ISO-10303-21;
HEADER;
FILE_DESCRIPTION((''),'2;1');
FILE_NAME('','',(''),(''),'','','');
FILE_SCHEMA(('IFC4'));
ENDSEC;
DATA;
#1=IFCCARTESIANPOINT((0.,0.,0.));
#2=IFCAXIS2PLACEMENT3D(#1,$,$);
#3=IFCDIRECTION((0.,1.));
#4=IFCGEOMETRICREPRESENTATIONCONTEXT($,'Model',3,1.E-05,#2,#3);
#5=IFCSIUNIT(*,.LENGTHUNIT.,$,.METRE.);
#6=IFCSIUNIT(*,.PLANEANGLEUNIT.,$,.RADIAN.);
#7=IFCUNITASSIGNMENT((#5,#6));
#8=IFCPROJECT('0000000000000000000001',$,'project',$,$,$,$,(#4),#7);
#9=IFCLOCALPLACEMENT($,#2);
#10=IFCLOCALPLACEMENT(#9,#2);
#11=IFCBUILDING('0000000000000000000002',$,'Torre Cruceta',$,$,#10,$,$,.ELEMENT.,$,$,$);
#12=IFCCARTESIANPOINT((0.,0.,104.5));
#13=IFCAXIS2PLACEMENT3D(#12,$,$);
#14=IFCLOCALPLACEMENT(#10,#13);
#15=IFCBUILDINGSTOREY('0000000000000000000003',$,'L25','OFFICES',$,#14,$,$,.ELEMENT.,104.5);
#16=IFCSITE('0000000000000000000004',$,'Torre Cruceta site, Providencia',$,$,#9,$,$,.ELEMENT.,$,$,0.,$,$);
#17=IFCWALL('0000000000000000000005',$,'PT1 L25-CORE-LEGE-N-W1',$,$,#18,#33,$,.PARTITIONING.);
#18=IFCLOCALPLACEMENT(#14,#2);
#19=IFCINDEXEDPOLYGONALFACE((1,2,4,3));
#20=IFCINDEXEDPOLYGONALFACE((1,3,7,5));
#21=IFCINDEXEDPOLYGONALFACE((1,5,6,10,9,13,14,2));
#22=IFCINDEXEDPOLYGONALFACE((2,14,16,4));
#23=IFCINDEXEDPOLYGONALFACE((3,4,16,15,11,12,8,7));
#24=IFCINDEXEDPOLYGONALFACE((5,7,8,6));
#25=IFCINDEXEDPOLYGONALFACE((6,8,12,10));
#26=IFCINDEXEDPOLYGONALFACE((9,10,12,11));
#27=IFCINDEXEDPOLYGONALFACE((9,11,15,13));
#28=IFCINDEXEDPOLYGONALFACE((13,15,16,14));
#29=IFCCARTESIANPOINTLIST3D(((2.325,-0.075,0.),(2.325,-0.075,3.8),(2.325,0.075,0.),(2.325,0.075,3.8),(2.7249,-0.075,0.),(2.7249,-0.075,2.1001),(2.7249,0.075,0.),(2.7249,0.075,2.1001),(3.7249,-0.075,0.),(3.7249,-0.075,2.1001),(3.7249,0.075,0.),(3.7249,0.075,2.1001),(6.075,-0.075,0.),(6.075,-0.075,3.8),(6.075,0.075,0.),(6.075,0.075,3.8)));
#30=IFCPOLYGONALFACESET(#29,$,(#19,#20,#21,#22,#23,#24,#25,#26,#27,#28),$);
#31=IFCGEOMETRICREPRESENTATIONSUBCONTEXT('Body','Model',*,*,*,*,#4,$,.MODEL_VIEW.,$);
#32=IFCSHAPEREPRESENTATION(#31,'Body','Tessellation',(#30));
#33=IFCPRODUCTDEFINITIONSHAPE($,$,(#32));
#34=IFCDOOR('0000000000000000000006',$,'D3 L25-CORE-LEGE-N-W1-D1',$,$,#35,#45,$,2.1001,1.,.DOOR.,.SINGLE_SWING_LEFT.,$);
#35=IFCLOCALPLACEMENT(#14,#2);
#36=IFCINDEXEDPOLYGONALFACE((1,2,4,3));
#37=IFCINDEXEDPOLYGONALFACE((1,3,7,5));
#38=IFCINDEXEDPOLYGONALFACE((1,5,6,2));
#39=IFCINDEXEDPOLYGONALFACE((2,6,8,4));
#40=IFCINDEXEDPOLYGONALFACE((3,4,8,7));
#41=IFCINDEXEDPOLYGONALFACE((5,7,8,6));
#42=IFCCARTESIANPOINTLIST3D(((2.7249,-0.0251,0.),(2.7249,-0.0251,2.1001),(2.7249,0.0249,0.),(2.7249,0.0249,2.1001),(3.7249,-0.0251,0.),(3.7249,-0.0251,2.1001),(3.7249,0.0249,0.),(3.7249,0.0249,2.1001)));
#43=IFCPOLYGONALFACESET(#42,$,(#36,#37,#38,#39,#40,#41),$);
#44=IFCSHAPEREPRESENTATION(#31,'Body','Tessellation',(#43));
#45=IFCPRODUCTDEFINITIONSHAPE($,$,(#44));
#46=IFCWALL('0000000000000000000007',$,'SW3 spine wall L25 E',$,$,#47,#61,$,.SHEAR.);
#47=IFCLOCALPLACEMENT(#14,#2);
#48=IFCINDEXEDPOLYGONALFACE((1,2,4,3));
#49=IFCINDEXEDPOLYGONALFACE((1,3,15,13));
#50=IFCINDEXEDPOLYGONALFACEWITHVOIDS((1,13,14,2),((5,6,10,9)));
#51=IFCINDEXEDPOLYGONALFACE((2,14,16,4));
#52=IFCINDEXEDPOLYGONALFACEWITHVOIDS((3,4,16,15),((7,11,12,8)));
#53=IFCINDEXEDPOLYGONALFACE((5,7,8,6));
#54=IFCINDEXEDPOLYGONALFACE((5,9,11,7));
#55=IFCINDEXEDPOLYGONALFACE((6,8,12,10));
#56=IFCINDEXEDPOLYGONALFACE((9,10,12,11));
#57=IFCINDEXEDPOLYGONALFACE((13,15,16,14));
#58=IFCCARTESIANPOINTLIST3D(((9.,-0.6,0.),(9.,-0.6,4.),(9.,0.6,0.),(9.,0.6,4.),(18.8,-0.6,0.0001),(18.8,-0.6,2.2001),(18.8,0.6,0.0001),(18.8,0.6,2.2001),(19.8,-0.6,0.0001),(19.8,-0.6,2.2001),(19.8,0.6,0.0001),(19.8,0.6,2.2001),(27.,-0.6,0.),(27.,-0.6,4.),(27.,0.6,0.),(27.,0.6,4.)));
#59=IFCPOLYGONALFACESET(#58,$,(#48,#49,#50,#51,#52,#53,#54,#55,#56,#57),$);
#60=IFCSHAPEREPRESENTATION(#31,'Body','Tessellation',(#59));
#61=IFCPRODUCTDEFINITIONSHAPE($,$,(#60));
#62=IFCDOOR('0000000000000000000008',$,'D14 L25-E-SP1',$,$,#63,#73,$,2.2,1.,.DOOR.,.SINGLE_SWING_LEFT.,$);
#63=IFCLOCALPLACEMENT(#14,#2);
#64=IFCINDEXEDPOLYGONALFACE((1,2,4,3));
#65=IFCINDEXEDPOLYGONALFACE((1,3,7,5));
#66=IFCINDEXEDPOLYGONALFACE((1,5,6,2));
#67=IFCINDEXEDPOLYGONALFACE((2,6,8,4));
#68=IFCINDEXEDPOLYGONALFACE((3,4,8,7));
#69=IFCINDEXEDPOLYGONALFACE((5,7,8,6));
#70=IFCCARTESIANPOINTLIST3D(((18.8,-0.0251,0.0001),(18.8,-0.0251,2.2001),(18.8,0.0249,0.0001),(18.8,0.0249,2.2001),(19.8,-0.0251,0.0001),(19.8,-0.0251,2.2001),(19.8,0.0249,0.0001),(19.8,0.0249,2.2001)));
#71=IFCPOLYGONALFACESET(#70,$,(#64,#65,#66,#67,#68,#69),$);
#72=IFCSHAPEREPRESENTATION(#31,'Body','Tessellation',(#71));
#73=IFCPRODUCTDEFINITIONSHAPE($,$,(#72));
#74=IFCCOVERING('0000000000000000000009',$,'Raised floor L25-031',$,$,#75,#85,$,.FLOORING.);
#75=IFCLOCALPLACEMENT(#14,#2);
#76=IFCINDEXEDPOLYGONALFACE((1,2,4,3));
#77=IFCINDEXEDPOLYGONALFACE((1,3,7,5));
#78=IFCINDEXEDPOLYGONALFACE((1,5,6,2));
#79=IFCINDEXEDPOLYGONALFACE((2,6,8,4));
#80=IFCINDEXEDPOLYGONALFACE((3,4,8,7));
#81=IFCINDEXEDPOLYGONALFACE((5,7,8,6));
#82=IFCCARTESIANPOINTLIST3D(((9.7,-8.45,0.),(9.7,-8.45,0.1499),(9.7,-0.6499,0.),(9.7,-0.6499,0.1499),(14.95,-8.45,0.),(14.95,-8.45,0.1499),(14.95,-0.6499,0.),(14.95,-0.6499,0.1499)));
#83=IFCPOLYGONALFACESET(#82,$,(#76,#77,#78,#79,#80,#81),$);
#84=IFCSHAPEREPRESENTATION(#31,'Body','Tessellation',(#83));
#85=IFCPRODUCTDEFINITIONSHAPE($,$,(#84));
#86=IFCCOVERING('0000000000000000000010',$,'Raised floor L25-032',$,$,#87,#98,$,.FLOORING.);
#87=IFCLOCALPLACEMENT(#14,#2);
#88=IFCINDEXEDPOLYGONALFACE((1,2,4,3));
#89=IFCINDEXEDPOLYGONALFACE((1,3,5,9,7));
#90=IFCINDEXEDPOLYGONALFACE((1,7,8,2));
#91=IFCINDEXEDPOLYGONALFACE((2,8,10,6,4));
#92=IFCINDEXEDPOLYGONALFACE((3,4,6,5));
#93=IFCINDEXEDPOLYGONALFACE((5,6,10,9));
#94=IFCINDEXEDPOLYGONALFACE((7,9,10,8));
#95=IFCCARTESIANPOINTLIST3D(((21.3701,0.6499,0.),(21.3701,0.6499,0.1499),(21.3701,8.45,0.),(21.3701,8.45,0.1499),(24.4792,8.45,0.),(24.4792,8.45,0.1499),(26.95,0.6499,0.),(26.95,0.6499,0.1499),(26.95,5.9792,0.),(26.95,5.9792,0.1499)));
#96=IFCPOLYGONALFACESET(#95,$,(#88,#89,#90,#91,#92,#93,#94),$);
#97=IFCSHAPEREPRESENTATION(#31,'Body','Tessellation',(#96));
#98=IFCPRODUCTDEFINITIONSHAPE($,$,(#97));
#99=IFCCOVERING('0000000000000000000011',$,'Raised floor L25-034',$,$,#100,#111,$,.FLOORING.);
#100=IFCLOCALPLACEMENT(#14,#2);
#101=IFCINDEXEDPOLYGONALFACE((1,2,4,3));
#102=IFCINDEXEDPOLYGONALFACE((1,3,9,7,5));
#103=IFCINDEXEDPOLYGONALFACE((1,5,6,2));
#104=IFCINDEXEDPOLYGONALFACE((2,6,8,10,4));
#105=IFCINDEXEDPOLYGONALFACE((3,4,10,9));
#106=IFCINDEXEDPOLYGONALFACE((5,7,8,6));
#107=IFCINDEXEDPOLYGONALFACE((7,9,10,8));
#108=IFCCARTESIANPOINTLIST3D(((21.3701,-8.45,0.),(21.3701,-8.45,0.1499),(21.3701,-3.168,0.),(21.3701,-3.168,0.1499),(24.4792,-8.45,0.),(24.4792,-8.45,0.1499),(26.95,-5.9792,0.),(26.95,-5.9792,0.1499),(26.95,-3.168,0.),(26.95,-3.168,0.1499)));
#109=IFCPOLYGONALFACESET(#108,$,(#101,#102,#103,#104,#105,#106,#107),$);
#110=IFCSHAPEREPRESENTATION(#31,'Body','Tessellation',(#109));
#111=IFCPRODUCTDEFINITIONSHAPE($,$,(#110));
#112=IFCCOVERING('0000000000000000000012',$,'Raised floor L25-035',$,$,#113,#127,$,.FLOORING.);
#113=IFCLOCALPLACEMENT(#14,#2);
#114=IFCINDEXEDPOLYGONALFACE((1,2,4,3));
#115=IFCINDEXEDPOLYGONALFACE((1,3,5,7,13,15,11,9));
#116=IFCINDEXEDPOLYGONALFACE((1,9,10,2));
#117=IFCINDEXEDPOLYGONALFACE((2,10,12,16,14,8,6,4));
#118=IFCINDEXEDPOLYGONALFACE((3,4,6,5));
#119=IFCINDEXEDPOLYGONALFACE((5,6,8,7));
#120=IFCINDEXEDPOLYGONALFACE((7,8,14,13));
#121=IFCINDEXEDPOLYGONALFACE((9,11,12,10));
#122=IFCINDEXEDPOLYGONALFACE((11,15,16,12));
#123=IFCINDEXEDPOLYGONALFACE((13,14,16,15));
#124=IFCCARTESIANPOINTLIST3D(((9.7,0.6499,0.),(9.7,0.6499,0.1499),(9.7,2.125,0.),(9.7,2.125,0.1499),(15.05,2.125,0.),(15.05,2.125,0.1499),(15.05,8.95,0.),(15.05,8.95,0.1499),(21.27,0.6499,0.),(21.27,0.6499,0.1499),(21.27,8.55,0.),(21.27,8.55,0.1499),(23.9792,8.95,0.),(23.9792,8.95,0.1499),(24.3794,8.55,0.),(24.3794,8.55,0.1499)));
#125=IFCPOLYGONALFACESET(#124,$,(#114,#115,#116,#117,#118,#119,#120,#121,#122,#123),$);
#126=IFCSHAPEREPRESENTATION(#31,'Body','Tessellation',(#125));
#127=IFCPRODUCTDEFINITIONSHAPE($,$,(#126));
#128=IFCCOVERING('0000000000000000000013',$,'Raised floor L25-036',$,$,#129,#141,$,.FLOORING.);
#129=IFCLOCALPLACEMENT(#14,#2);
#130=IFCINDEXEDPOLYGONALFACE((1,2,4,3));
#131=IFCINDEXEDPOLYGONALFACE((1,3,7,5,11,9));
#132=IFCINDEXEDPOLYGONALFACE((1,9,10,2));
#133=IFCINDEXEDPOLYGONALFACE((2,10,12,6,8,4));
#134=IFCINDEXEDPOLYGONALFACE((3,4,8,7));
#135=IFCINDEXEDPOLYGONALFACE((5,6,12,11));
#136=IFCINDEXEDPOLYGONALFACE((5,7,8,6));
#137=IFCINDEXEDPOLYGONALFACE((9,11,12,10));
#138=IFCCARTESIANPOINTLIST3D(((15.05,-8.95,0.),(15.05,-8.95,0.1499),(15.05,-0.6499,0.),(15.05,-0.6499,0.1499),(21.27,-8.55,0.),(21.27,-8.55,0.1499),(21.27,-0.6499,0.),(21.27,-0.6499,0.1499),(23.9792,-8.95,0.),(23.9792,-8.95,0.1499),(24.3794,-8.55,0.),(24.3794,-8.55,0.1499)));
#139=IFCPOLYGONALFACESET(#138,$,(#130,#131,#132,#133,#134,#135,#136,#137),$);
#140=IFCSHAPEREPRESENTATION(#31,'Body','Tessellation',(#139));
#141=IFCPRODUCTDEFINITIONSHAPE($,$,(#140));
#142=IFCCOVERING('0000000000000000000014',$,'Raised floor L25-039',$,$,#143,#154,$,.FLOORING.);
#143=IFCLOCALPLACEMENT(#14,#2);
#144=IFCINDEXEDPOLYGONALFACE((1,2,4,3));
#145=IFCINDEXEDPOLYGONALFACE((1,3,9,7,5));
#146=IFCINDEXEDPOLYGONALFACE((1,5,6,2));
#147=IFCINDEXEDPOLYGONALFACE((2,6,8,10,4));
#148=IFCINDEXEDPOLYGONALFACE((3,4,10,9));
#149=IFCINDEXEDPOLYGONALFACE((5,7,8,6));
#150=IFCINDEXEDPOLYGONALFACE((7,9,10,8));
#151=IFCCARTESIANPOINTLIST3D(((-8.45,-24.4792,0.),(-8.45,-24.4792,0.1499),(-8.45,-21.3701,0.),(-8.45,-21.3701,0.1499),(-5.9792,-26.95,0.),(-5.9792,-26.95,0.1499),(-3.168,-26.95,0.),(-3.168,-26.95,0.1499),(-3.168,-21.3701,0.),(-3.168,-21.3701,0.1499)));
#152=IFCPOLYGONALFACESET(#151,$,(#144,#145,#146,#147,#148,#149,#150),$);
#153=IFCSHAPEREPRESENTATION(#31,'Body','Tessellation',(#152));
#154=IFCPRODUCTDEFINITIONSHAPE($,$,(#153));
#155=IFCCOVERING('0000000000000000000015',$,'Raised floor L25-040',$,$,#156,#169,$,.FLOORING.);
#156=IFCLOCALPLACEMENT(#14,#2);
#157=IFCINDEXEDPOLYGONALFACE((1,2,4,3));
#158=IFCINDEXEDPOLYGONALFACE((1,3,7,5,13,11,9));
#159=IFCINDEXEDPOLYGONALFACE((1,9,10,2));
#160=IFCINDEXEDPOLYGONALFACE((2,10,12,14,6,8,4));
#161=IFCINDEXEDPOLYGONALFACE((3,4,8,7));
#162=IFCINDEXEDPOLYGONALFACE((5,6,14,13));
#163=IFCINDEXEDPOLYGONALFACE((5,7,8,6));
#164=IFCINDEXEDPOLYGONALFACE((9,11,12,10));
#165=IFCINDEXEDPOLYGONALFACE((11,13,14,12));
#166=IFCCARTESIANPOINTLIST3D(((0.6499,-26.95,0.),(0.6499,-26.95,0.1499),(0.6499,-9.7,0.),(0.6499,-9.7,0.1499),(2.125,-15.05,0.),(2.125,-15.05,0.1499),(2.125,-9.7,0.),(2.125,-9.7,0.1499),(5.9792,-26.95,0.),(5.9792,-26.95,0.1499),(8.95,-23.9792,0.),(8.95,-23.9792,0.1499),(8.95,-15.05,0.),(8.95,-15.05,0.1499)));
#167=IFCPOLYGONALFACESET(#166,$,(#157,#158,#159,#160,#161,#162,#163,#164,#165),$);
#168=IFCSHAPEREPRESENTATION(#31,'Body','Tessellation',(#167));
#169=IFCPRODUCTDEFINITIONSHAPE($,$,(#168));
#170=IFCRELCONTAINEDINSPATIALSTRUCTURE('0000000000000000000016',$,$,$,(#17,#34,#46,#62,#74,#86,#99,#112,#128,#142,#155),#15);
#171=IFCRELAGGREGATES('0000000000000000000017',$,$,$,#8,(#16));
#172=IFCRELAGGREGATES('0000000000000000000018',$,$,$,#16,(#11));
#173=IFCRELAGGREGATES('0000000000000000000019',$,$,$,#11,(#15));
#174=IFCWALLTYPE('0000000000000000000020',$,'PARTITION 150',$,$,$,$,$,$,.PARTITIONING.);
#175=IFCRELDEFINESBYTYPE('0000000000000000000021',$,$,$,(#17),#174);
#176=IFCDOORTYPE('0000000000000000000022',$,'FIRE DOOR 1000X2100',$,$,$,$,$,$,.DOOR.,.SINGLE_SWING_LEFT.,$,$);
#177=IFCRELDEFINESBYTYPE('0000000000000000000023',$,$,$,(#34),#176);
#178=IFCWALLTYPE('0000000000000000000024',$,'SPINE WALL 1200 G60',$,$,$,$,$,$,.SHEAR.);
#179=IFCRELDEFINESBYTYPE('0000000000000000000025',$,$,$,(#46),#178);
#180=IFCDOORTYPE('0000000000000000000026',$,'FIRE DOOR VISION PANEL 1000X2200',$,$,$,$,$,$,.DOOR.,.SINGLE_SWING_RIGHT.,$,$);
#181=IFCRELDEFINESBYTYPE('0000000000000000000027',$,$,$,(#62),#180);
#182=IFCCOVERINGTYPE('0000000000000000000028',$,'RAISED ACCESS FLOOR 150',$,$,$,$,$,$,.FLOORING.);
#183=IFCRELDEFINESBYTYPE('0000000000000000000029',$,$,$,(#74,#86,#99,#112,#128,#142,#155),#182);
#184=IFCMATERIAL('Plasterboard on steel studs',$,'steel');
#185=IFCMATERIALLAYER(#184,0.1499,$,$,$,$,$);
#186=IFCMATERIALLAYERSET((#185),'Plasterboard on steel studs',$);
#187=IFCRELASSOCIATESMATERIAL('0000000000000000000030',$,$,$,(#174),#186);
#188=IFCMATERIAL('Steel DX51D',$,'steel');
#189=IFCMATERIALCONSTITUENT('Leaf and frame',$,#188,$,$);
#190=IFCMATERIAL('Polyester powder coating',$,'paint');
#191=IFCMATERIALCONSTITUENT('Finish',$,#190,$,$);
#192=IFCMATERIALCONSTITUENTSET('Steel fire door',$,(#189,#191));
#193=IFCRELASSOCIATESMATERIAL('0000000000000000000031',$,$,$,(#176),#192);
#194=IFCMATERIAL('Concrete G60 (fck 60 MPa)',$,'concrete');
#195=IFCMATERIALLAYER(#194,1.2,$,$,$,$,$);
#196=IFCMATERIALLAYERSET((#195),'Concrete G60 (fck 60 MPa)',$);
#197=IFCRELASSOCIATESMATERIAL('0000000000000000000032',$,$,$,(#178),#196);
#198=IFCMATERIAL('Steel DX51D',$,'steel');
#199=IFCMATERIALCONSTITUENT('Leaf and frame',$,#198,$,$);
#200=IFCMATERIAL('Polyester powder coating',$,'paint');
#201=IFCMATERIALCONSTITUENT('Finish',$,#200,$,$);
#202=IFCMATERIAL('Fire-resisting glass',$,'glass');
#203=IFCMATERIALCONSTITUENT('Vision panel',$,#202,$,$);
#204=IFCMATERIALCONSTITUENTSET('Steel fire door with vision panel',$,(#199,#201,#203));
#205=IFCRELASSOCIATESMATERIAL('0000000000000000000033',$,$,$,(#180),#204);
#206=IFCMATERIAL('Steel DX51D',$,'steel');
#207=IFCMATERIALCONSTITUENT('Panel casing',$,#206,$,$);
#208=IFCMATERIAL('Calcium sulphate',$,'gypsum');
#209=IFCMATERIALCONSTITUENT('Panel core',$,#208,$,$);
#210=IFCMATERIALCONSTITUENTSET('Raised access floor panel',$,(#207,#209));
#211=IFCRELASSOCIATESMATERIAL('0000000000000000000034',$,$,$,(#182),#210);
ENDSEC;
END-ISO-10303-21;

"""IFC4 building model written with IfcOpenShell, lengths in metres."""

from ifc_helpers import new_model, si_unit, direction, frame, frame_2d, origin, place, context, subcontext, project, spatial, polyline, rectangle, outline, extrude, material, layer, layer_set, constituent, constituent_set, type_object, element, fill, save


model = new_model("IFC4")

# Units and contexts
model_context = context("Model", 3, precision=1e-05, world=origin(), true_north=direction((0.0, 1.0)))
body_context = subcontext(model_context, "Body", "Model", "MODEL_VIEW")
ifc_project = project(units=[si_unit("LENGTHUNIT", "METRE"), si_unit("PLANEANGLEUNIT", "RADIAN")], contexts=[model_context])

# Site, building, storey
site_placement = place(None, origin())
site = spatial("IfcSite", under=ifc_project, at=site_placement, Name="Torre Cruceta site, Providencia", CompositionType="ELEMENT", RefElevation=0.0)
building_placement = place(site_placement, origin())
building = spatial("IfcBuilding", under=site, at=building_placement, Name="Torre Cruceta", CompositionType="ELEMENT")
storey_placement = place(building_placement, frame((0.0, 0.0, 104.5)))
storey = spatial("IfcBuildingStorey", under=building, at=storey_placement, Name="L25", Description="OFFICES", CompositionType="ELEMENT", Elevation=104.5)

# Walls, openings, doors
ifc_material_1 = material(Name="Plasterboard on steel studs", Category="steel")
ifc_layer_1 = layer(ifc_material_1, 0.1499)
ifc_layer_set_1 = layer_set([ifc_layer_1], Name="Plasterboard on steel studs")
wall_type_1 = type_object("IfcWallType", Name="PARTITION 150", PredefinedType="PARTITIONING", material=ifc_layer_set_1)
wall_1_placement = place(storey_placement, frame((2.325, 0.0, 0.0), z_axis=(0.0, 0.0, 1.0), x_axis=(1.0, 0.0, 0.0)))
wall_1 = element("IfcWall", 1, at=wall_1_placement, inside=storey, type_object=wall_type_1, Name="PT1 L25-CORE-LEGE-N-W1", PredefinedType="PARTITIONING", context=body_context, shape_type="SweptSolid", body=[
    extrude(rectangle(XDim=3.75, YDim=0.1499, at=frame_2d((1.875, 0.0))), origin(), (0.0, 0.0, 1.0), 3.8),
])
opening_1_placement = place(wall_1_placement, frame((0.3999, 0.0, 0.0)))
opening_1 = element("IfcOpeningElement", 2, at=opening_1_placement, cuts=wall_1, PredefinedType="OPENING", context=body_context, shape_type="SweptSolid", body=[
    extrude(rectangle(XDim=1.0, YDim=2.1001, at=frame_2d((0.5, 1.05))), frame((0.0, 0.085, 0.0), z_axis=(0.0, -1.0, 0.0), x_axis=(1.0, 0.0, 0.0)), (0.0, 0.0, 1.0), 0.1699),
])
ifc_material_2 = material(Name="Steel DX51D", Category="steel")
ifc_constituent_1 = constituent(ifc_material_2, Name="Leaf and frame")
ifc_material_3 = material(Name="Polyester powder coating", Category="paint")
ifc_constituent_2 = constituent(ifc_material_3, Name="Finish")
ifc_constituent_set_1 = constituent_set(constituents=[ifc_constituent_1, ifc_constituent_2], Name="Steel fire door")
door_type_1 = type_object("IfcDoorType", Name="FIRE DOOR 1000X2100", OperationType="SINGLE_SWING_LEFT", PredefinedType="DOOR", material=ifc_constituent_set_1)
door_1_placement = place(opening_1_placement, origin())
door_1 = element("IfcDoor", 3, at=door_1_placement, inside=storey, type_object=door_type_1, Name="D3 L25-CORE-LEGE-N-W1-D1", OperationType="SINGLE_SWING_LEFT", OverallHeight=2.1001, OverallWidth=1.0, PredefinedType="DOOR", context=body_context, shape_type="SweptSolid", body=[
    extrude(rectangle(XDim=1.0, YDim=2.1001, at=frame_2d((0.5, 1.05))), frame((0.0, 0.0249, 0.0), z_axis=(0.0, -1.0, 0.0), x_axis=(1.0, 0.0, 0.0)), (0.0, 0.0, 1.0), 0.05),
])
fill(opening_1, door_1)
ifc_material_4 = material(Name="Concrete G60 (fck 60 MPa)", Category="concrete")
ifc_layer_2 = layer(ifc_material_4, 1.2)
ifc_layer_set_2 = layer_set([ifc_layer_2], Name="Concrete G60 (fck 60 MPa)")
wall_type_2 = type_object("IfcWallType", Name="SPINE WALL 1200 G60", PredefinedType="SHEAR", material=ifc_layer_set_2)
wall_2_placement = place(storey_placement, frame((9.0, 0.0, 0.0), z_axis=(0.0, 0.0, 1.0), x_axis=(1.0, 0.0, 0.0)))
wall_2 = element("IfcWall", 4, at=wall_2_placement, inside=storey, type_object=wall_type_2, Name="SW3 spine wall L25 E", PredefinedType="SHEAR", context=body_context, shape_type="SweptSolid", body=[
    extrude(rectangle(XDim=18.0, YDim=1.2, at=frame_2d((9.0, 0.0))), origin(), (0.0, 0.0, 1.0), 4.0),
])
opening_2_placement = place(wall_2_placement, frame((9.8, 0.0, 0.0)))
opening_2 = element("IfcOpeningElement", 5, at=opening_2_placement, cuts=wall_2, PredefinedType="OPENING", context=body_context, shape_type="SweptSolid", body=[
    extrude(rectangle(XDim=1.0, YDim=2.2, at=frame_2d((0.5, 1.1001))), frame((0.0, 0.6099, 0.0), z_axis=(0.0, -1.0, 0.0), x_axis=(1.0, 0.0, 0.0)), (0.0, 0.0, 1.0), 1.22),
])
ifc_material_5 = material(Name="Steel DX51D", Category="steel")
ifc_constituent_3 = constituent(ifc_material_5, Name="Leaf and frame")
ifc_material_6 = material(Name="Polyester powder coating", Category="paint")
ifc_constituent_4 = constituent(ifc_material_6, Name="Finish")
ifc_material_7 = material(Name="Fire-resisting glass", Category="glass")
ifc_constituent_5 = constituent(ifc_material_7, Name="Vision panel")
ifc_constituent_set_2 = constituent_set(constituents=[ifc_constituent_3, ifc_constituent_4, ifc_constituent_5], Name="Steel fire door with vision panel")
door_type_2 = type_object("IfcDoorType", Name="FIRE DOOR VISION PANEL 1000X2200", OperationType="SINGLE_SWING_RIGHT", PredefinedType="DOOR", material=ifc_constituent_set_2)
door_2_placement = place(opening_2_placement, frame((1.0, 0.0, 0.0), z_axis=(0.0, 0.0, 1.0), x_axis=(-1.0, 0.0, 0.0)))
door_2 = element("IfcDoor", 6, at=door_2_placement, inside=storey, type_object=door_type_2, Name="D14 L25-E-SP1", OperationType="SINGLE_SWING_LEFT", OverallHeight=2.2, OverallWidth=1.0, PredefinedType="DOOR", context=body_context, shape_type="SweptSolid", body=[
    extrude(rectangle(XDim=1.0, YDim=2.2, at=frame_2d((0.5, 1.1001))), frame((0.0, 0.0251, 0.0), z_axis=(0.0, -1.0, 0.0), x_axis=(1.0, 0.0, 0.0)), (0.0, 0.0, 1.0), 0.05),
])
fill(opening_2, door_2)

# Coverings
ifc_material_8 = material(Name="Steel DX51D", Category="steel")
ifc_constituent_6 = constituent(ifc_material_8, Name="Panel casing")
ifc_material_9 = material(Name="Calcium sulphate", Category="gypsum")
ifc_constituent_7 = constituent(ifc_material_9, Name="Panel core")
ifc_constituent_set_3 = constituent_set(constituents=[ifc_constituent_6, ifc_constituent_7], Name="Raised access floor panel")
covering_type_1 = type_object("IfcCoveringType", Name="RAISED ACCESS FLOOR 150", PredefinedType="FLOORING", material=ifc_constituent_set_3)
covering_1_placement = place(storey_placement, origin())
element("IfcCovering", 7, at=covering_1_placement, inside=storey, type_object=covering_type_1, Name="Raised floor L25-031", PredefinedType="FLOORING", context=body_context, shape_type="SweptSolid", body=[
    extrude(outline(polyline([(9.7, -8.45), (9.7, -0.6499), (14.95, -0.6499), (14.95, -8.45), (9.7, -8.45)])), origin(), (0.0, 0.0, 1.0), 0.1499),
])
covering_2_placement = place(storey_placement, origin())
element("IfcCovering", 8, at=covering_2_placement, inside=storey, type_object=covering_type_1, Name="Raised floor L25-032", PredefinedType="FLOORING", context=body_context, shape_type="SweptSolid", body=[
    extrude(outline(polyline([(26.95, 0.6499), (21.3701, 0.6499), (21.3701, 8.45), (24.4792, 8.45), (26.95, 5.9792), (26.95, 0.6499)])), origin(), (0.0, 0.0, 1.0), 0.1499),
])
covering_3_placement = place(storey_placement, origin())
element("IfcCovering", 9, at=covering_3_placement, inside=storey, type_object=covering_type_1, Name="Raised floor L25-034", PredefinedType="FLOORING", context=body_context, shape_type="SweptSolid", body=[
    extrude(outline(polyline([(24.4792, -8.45), (21.3701, -8.45), (21.3701, -3.168), (26.95, -3.168), (26.95, -5.9792), (24.4792, -8.45)])), origin(), (0.0, 0.0, 1.0), 0.1499),
])
covering_4_placement = place(storey_placement, origin())
element("IfcCovering", 10, at=covering_4_placement, inside=storey, type_object=covering_type_1, Name="Raised floor L25-035", PredefinedType="FLOORING", context=body_context, shape_type="SweptSolid", body=[
    extrude(outline(polyline([(9.7, 2.125), (15.05, 2.125), (15.05, 8.95), (23.9792, 8.95), (24.3794, 8.55), (21.27, 8.55), (21.27, 0.6499), (9.7, 0.6499), (9.7, 2.125)])), origin(), (0.0, 0.0, 1.0), 0.1499),
])
covering_5_placement = place(storey_placement, origin())
element("IfcCovering", 11, at=covering_5_placement, inside=storey, type_object=covering_type_1, Name="Raised floor L25-036", PredefinedType="FLOORING", context=body_context, shape_type="SweptSolid", body=[
    extrude(outline(polyline([(15.05, -8.95), (15.05, -0.6499), (21.27, -0.6499), (21.27, -8.55), (24.3794, -8.55), (23.9792, -8.95), (15.05, -8.95)])), origin(), (0.0, 0.0, 1.0), 0.1499),
])
covering_6_placement = place(storey_placement, origin())
element("IfcCovering", 12, at=covering_6_placement, inside=storey, type_object=covering_type_1, Name="Raised floor L25-039", PredefinedType="FLOORING", context=body_context, shape_type="SweptSolid", body=[
    extrude(outline(polyline([(-8.45, -24.4792), (-8.45, -21.3701), (-3.168, -21.3701), (-3.168, -26.95), (-5.9792, -26.95), (-8.45, -24.4792)])), origin(), (0.0, 0.0, 1.0), 0.1499),
])
covering_7_placement = place(storey_placement, origin())
element("IfcCovering", 13, at=covering_7_placement, inside=storey, type_object=covering_type_1, Name="Raised floor L25-040", PredefinedType="FLOORING", context=body_context, shape_type="SweptSolid", body=[
    extrude(outline(polyline([(0.6499, -26.95), (0.6499, -9.7), (2.125, -9.7), (2.125, -15.05), (8.95, -15.05), (8.95, -23.9792), (5.9792, -26.95), (0.6499, -26.95)])), origin(), (0.0, 0.0, 1.0), 0.1499),
])

save(model, "model.ifc")
